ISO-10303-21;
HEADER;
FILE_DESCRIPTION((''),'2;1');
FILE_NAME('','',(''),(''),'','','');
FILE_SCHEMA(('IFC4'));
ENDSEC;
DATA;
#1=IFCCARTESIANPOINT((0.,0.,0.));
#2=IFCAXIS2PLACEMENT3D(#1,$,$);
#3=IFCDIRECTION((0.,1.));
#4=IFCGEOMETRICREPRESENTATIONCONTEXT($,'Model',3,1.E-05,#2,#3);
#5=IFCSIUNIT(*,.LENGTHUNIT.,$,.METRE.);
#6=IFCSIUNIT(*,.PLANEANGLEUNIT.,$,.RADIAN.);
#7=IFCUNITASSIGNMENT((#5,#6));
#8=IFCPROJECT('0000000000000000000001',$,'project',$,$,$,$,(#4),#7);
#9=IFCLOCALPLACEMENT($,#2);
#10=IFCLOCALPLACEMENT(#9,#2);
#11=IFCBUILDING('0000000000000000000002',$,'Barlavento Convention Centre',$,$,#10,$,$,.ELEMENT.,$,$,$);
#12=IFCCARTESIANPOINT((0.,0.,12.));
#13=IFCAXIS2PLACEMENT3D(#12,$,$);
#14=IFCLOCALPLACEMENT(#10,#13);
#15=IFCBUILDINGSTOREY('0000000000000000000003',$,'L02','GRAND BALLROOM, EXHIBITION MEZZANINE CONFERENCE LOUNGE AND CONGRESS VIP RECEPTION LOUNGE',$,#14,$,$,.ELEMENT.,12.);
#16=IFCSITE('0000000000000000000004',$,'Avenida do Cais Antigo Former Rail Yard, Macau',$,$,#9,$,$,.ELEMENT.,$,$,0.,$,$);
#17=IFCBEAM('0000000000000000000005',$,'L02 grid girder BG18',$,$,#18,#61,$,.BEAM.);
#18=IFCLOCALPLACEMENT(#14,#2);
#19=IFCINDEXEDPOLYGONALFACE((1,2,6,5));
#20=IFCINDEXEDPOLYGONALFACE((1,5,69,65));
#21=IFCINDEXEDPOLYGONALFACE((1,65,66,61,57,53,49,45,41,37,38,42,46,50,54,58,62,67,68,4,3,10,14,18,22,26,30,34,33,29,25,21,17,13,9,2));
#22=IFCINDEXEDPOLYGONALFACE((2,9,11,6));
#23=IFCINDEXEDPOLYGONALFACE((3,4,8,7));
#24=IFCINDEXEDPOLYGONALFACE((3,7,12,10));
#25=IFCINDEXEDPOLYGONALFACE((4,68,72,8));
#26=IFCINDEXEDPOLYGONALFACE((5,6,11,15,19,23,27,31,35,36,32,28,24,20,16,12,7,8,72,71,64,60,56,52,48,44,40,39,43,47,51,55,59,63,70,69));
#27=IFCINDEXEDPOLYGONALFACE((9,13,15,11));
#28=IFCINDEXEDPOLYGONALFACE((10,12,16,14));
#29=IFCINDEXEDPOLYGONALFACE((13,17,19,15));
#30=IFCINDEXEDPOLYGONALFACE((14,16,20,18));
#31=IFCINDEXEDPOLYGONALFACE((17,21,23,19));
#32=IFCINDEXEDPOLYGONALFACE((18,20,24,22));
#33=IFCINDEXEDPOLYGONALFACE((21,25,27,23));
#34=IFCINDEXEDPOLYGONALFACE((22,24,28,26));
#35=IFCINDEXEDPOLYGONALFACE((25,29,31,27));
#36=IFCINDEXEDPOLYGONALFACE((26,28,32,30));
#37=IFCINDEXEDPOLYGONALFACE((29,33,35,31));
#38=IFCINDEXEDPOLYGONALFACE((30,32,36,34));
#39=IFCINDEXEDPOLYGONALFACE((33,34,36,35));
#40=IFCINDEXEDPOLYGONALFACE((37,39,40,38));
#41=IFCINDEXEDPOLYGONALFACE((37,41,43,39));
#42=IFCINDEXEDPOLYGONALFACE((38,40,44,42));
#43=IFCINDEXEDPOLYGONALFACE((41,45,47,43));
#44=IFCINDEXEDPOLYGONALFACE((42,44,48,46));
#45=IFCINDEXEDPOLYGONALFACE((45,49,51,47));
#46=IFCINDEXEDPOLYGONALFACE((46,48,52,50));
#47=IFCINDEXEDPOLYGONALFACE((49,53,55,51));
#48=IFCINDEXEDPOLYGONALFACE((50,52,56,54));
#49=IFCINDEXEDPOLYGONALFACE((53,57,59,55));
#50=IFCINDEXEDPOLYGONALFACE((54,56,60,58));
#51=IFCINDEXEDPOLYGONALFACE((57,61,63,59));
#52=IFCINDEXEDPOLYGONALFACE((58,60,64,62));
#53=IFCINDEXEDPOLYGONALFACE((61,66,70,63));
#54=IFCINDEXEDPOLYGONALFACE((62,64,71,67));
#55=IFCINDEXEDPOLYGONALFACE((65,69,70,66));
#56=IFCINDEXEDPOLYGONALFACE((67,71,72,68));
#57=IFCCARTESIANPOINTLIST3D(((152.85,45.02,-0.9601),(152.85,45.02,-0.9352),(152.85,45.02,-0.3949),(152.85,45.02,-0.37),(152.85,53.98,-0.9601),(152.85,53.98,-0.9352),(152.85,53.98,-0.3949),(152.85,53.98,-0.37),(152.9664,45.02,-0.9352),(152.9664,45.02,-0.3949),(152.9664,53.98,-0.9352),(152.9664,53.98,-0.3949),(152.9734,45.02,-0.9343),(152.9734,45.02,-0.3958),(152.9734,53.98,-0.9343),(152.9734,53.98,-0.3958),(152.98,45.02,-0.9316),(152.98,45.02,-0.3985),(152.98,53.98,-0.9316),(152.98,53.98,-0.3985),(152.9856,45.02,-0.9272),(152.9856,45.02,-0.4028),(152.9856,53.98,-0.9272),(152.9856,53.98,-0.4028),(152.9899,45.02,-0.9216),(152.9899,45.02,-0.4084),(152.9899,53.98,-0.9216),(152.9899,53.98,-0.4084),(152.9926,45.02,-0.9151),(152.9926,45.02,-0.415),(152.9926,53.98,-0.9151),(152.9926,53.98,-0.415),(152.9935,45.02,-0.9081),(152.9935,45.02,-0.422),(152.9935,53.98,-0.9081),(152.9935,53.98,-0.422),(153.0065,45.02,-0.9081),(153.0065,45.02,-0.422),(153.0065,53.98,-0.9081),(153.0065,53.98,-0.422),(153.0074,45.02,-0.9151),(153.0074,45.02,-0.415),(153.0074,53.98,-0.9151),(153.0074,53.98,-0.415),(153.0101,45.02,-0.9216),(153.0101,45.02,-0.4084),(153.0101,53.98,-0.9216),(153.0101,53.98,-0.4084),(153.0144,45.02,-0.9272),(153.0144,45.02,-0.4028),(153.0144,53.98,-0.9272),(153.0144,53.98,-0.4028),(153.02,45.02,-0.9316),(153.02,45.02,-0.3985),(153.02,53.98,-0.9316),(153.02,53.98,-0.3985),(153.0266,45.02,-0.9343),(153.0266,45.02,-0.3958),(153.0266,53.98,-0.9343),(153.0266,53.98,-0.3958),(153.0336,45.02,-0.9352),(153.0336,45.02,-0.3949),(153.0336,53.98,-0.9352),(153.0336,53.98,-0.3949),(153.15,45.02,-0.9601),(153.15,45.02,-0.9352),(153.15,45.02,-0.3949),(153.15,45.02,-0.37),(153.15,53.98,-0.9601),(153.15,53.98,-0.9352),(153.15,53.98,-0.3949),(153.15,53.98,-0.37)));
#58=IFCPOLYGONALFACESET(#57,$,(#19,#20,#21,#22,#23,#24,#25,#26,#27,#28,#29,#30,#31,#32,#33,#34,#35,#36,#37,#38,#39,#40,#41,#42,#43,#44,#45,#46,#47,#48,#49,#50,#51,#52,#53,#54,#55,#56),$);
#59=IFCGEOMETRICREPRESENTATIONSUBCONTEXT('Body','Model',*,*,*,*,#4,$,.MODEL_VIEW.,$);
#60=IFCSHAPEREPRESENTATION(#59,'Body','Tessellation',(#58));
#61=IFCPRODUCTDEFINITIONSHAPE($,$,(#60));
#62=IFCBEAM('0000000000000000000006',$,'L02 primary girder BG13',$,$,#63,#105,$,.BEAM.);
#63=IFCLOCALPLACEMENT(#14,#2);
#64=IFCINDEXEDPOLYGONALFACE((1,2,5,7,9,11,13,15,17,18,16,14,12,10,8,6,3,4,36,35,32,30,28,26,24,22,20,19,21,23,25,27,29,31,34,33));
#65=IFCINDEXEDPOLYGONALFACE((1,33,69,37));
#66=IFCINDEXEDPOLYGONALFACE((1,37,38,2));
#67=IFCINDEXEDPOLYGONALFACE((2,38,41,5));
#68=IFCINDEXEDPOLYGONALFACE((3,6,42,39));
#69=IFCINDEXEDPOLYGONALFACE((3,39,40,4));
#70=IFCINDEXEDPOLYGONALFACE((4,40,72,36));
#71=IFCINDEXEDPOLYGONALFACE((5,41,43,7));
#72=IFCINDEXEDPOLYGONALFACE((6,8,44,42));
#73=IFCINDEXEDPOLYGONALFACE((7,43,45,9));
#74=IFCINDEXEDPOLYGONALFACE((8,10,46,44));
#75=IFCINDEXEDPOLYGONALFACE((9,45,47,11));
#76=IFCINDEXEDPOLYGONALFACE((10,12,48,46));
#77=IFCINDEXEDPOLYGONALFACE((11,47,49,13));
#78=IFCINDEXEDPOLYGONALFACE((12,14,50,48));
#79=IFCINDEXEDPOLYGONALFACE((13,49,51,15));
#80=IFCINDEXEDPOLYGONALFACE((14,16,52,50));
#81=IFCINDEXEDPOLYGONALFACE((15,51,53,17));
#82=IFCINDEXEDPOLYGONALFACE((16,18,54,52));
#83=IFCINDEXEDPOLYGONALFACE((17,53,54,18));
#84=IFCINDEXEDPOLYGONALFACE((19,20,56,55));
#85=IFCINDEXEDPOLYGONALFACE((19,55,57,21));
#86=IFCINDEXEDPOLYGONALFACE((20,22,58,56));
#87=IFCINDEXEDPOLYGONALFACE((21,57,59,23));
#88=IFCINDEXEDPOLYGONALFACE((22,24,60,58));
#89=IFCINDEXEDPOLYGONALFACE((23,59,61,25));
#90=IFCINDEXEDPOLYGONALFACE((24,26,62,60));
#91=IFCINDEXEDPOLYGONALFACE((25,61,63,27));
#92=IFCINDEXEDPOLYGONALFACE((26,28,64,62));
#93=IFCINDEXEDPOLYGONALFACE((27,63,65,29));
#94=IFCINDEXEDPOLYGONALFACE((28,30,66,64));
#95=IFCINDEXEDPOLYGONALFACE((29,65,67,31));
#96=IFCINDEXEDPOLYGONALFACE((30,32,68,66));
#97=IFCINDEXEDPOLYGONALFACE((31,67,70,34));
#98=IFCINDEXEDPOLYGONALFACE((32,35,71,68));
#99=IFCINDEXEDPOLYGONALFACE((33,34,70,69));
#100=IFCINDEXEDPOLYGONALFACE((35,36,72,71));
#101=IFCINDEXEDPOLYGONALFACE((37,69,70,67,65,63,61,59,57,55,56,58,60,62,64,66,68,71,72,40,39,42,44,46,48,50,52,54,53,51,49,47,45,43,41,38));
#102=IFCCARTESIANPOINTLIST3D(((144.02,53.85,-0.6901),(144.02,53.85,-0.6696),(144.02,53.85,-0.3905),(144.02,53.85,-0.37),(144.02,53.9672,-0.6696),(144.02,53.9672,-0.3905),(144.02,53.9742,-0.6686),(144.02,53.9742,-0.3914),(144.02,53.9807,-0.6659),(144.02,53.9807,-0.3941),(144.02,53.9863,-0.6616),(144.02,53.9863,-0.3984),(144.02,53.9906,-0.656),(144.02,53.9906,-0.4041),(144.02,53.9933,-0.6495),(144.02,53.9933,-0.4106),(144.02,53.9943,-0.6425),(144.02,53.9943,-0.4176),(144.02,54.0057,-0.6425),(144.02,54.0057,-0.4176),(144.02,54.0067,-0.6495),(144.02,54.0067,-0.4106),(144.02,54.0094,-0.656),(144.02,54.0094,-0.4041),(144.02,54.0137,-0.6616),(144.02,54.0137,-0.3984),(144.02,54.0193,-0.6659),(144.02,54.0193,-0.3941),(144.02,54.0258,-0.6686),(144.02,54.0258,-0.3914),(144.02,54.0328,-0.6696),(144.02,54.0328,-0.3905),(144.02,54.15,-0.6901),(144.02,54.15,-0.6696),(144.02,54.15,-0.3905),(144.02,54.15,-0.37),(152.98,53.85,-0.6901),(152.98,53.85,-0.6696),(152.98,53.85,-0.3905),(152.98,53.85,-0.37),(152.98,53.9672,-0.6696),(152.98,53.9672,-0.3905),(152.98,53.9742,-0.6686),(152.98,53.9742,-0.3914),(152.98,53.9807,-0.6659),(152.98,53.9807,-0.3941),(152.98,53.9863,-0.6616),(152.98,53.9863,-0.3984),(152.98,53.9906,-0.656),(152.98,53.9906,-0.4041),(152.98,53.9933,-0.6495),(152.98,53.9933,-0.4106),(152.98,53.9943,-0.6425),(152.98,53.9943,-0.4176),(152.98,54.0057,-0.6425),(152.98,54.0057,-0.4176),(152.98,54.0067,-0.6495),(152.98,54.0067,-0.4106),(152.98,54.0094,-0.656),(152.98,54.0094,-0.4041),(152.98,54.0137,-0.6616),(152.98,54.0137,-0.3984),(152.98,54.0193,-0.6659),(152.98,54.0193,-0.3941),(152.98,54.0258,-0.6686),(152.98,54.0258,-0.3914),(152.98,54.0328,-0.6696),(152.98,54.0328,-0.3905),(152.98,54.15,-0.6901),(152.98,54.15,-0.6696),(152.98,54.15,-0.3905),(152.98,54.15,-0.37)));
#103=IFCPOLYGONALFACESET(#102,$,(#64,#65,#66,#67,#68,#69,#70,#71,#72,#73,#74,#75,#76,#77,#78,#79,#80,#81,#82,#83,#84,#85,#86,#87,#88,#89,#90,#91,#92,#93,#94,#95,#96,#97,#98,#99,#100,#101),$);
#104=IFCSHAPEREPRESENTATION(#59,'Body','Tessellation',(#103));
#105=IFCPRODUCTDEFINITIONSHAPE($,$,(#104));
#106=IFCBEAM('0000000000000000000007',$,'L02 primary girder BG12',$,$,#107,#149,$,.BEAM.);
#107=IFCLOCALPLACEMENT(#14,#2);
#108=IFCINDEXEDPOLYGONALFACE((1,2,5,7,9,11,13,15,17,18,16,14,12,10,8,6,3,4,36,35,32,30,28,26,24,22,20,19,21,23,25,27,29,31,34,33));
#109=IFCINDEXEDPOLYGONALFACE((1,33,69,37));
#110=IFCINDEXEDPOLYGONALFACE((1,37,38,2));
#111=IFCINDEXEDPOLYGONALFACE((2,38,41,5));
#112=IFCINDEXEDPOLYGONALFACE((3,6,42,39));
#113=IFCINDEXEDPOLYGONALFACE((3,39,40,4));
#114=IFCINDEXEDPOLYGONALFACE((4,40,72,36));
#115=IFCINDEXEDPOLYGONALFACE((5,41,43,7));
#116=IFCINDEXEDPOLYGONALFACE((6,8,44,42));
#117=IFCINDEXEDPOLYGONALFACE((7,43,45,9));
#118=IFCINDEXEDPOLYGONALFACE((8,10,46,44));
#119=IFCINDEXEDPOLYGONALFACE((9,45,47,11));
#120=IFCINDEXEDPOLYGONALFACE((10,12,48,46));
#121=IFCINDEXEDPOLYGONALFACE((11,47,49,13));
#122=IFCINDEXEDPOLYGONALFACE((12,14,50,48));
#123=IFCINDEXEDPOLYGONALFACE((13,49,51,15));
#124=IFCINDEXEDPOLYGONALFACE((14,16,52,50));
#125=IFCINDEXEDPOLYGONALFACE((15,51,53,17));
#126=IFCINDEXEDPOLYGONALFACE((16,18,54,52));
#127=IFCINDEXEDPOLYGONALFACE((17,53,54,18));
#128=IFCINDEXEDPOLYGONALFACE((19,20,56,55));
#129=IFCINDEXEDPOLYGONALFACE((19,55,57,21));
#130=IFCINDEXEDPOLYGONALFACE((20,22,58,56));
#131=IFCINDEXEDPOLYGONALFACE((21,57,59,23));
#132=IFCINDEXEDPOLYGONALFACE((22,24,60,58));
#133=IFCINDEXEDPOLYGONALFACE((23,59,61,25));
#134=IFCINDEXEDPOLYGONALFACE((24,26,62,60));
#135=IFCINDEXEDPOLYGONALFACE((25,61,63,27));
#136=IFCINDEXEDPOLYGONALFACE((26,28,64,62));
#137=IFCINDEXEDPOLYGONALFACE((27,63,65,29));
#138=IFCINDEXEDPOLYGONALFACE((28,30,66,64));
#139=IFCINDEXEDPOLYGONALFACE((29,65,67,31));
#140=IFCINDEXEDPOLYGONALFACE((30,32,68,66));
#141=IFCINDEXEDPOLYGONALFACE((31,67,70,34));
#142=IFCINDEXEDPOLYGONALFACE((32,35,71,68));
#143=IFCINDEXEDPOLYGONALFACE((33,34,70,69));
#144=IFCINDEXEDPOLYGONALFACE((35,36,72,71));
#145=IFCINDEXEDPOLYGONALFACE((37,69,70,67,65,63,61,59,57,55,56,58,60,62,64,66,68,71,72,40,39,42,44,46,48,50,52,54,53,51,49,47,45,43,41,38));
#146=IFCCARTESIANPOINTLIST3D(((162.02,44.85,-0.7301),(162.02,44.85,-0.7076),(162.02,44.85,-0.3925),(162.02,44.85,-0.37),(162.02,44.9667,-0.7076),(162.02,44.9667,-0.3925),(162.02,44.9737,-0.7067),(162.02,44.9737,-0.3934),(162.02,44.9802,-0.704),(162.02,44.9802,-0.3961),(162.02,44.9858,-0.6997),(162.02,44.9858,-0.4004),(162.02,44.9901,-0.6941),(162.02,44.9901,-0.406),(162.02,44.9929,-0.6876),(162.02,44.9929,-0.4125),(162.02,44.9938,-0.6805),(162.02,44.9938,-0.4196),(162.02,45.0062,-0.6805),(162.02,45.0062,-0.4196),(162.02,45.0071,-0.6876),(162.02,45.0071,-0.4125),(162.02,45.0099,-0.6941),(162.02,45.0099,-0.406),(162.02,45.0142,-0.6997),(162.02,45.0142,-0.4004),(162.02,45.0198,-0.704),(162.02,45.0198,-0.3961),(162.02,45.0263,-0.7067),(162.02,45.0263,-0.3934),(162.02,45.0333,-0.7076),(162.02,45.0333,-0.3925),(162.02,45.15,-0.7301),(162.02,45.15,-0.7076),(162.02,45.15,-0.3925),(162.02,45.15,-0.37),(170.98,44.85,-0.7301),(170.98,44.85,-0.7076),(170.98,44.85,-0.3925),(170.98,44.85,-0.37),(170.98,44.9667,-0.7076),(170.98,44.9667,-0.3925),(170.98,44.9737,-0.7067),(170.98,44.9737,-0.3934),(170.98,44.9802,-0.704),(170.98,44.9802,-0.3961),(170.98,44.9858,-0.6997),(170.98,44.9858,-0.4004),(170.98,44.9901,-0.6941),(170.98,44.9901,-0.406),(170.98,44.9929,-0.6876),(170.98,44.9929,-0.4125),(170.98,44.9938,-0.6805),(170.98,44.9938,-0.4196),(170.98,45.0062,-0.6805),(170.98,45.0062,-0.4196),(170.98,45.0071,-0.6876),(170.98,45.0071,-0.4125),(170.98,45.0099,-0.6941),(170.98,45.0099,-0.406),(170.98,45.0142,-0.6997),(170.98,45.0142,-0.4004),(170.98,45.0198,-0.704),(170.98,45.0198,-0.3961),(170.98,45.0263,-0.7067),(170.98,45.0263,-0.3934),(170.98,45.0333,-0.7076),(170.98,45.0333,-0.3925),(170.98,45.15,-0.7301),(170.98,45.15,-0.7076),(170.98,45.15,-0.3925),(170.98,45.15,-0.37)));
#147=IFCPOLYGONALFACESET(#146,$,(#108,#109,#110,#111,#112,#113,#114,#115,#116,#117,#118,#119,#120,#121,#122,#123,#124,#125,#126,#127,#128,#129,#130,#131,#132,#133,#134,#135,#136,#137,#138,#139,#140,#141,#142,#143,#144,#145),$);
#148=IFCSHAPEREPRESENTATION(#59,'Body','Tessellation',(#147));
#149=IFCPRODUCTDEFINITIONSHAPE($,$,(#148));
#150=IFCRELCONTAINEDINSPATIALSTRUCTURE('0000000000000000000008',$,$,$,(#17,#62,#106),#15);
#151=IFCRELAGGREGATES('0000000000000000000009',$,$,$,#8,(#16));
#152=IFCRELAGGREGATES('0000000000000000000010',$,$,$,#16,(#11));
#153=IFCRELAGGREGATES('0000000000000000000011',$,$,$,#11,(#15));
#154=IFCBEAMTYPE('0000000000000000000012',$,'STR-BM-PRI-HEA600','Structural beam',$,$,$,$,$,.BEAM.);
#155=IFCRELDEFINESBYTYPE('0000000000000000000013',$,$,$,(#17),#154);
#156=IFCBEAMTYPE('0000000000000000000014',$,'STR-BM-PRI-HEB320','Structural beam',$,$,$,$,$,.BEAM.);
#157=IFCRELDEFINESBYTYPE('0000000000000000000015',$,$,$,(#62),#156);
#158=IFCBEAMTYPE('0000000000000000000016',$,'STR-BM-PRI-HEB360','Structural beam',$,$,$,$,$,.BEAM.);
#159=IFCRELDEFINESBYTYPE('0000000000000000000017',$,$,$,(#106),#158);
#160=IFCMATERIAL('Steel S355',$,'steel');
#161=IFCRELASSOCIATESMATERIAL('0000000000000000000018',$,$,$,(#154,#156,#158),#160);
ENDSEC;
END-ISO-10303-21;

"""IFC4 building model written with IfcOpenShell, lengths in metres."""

from ifc_helpers import new_model, si_unit, direction, frame, origin, origin_2d, place, context, subcontext, project, spatial, i_section, extrude, material, material_profile, profile_set, type_object, element, save


model = new_model("IFC4")

# Units and contexts
model_context = context("Model", 3, precision=1e-05, world=origin(), true_north=direction((0.0, 1.0)))
body_context = subcontext(model_context, "Body", "Model", "MODEL_VIEW")
ifc_project = project(units=[si_unit("LENGTHUNIT", "METRE"), si_unit("PLANEANGLEUNIT", "RADIAN")], contexts=[model_context])

# Site, building, storey
site_placement = place(None, origin())
site = spatial("IfcSite", under=ifc_project, at=site_placement, Name="Avenida do Cais Antigo Former Rail Yard, Macau", CompositionType="ELEMENT", RefElevation=0.0)
building_placement = place(site_placement, origin())
building = spatial("IfcBuilding", under=site, at=building_placement, Name="Barlavento Convention Centre", CompositionType="ELEMENT")
storey_placement = place(building_placement, frame((0.0, 0.0, 12.0)))
storey = spatial("IfcBuildingStorey", under=building, at=storey_placement, Name="L02", Description="GRAND BALLROOM, EXHIBITION MEZZANINE CONFERENCE LOUNGE AND CONGRESS VIP RECEPTION LOUNGE", CompositionType="ELEMENT", Elevation=12.0)

# Shared definitions
ifc_material_1 = material(Name="Steel S355", Category="steel")

# Beams
ifc_material_profile_1 = material_profile(ifc_material_1, i_section(OverallWidth=0.3, OverallDepth=0.5901, WebThickness=0.0129, FlangeThickness=0.0249, FilletRadius=0.0271, at=origin_2d()), Name="HEA 600")
ifc_profile_set_1 = profile_set([ifc_material_profile_1], Name="Steel S355")
beam_type_1 = type_object("IfcBeamType", Name="STR-BM-PRI-HEA600", Description="Structural beam", PredefinedType="BEAM", material=ifc_profile_set_1)
beam_1_placement = place(storey_placement, frame((153.0, 45.02, -0.665), z_axis=(0.0, 1.0, 0.0), x_axis=(-1.0, 0.0, 0.0)))
element("IfcBeam", 1, at=beam_1_placement, inside=storey, type_object=beam_type_1, Name="L02 grid girder BG18", PredefinedType="BEAM", context=body_context, shape_type="SweptSolid", body=[
    extrude(i_section(OverallWidth=0.3, OverallDepth=0.5901, WebThickness=0.0129, FlangeThickness=0.0249, FilletRadius=0.0271, at=origin_2d()), origin(), (0.0, 0.0, 1.0), 8.96),
])
ifc_material_profile_2 = material_profile(ifc_material_1, i_section(OverallWidth=0.3, OverallDepth=0.3201, WebThickness=0.0115, FlangeThickness=0.0205, FilletRadius=0.0271, at=origin_2d()), Name="HEB 320")
ifc_profile_set_2 = profile_set([ifc_material_profile_2], Name="Steel S355")
beam_type_2 = type_object("IfcBeamType", Name="STR-BM-PRI-HEB320", Description="Structural beam", PredefinedType="BEAM", material=ifc_profile_set_2)
beam_2_placement = place(storey_placement, frame((144.02, 54.0, -0.53), z_axis=(1.0, 0.0, 0.0), x_axis=(0.0, 1.0, 0.0)))
element("IfcBeam", 2, at=beam_2_placement, inside=storey, type_object=beam_type_2, Name="L02 primary girder BG13", PredefinedType="BEAM", context=body_context, shape_type="SweptSolid", body=[
    extrude(i_section(OverallWidth=0.3, OverallDepth=0.3201, WebThickness=0.0115, FlangeThickness=0.0205, FilletRadius=0.0271, at=origin_2d()), origin(), (0.0, 0.0, 1.0), 8.96),
])
ifc_material_profile_3 = material_profile(ifc_material_1, i_section(OverallWidth=0.3, OverallDepth=0.3601, WebThickness=0.0125, FlangeThickness=0.0225, FilletRadius=0.0271, at=origin_2d()), Name="HEB 360")
ifc_profile_set_3 = profile_set([ifc_material_profile_3], Name="Steel S355")
beam_type_3 = type_object("IfcBeamType", Name="STR-BM-PRI-HEB360", Description="Structural beam", PredefinedType="BEAM", material=ifc_profile_set_3)
beam_3_placement = place(storey_placement, frame((162.02, 45.0, -0.55), z_axis=(1.0, 0.0, 0.0), x_axis=(0.0, 1.0, 0.0)))
element("IfcBeam", 3, at=beam_3_placement, inside=storey, type_object=beam_type_3, Name="L02 primary girder BG12", PredefinedType="BEAM", context=body_context, shape_type="SweptSolid", body=[
    extrude(i_section(OverallWidth=0.3, OverallDepth=0.3601, WebThickness=0.0125, FlangeThickness=0.0225, FilletRadius=0.0271, at=origin_2d()), origin(), (0.0, 0.0, 1.0), 8.96),
])

save(model, "model.ifc")
